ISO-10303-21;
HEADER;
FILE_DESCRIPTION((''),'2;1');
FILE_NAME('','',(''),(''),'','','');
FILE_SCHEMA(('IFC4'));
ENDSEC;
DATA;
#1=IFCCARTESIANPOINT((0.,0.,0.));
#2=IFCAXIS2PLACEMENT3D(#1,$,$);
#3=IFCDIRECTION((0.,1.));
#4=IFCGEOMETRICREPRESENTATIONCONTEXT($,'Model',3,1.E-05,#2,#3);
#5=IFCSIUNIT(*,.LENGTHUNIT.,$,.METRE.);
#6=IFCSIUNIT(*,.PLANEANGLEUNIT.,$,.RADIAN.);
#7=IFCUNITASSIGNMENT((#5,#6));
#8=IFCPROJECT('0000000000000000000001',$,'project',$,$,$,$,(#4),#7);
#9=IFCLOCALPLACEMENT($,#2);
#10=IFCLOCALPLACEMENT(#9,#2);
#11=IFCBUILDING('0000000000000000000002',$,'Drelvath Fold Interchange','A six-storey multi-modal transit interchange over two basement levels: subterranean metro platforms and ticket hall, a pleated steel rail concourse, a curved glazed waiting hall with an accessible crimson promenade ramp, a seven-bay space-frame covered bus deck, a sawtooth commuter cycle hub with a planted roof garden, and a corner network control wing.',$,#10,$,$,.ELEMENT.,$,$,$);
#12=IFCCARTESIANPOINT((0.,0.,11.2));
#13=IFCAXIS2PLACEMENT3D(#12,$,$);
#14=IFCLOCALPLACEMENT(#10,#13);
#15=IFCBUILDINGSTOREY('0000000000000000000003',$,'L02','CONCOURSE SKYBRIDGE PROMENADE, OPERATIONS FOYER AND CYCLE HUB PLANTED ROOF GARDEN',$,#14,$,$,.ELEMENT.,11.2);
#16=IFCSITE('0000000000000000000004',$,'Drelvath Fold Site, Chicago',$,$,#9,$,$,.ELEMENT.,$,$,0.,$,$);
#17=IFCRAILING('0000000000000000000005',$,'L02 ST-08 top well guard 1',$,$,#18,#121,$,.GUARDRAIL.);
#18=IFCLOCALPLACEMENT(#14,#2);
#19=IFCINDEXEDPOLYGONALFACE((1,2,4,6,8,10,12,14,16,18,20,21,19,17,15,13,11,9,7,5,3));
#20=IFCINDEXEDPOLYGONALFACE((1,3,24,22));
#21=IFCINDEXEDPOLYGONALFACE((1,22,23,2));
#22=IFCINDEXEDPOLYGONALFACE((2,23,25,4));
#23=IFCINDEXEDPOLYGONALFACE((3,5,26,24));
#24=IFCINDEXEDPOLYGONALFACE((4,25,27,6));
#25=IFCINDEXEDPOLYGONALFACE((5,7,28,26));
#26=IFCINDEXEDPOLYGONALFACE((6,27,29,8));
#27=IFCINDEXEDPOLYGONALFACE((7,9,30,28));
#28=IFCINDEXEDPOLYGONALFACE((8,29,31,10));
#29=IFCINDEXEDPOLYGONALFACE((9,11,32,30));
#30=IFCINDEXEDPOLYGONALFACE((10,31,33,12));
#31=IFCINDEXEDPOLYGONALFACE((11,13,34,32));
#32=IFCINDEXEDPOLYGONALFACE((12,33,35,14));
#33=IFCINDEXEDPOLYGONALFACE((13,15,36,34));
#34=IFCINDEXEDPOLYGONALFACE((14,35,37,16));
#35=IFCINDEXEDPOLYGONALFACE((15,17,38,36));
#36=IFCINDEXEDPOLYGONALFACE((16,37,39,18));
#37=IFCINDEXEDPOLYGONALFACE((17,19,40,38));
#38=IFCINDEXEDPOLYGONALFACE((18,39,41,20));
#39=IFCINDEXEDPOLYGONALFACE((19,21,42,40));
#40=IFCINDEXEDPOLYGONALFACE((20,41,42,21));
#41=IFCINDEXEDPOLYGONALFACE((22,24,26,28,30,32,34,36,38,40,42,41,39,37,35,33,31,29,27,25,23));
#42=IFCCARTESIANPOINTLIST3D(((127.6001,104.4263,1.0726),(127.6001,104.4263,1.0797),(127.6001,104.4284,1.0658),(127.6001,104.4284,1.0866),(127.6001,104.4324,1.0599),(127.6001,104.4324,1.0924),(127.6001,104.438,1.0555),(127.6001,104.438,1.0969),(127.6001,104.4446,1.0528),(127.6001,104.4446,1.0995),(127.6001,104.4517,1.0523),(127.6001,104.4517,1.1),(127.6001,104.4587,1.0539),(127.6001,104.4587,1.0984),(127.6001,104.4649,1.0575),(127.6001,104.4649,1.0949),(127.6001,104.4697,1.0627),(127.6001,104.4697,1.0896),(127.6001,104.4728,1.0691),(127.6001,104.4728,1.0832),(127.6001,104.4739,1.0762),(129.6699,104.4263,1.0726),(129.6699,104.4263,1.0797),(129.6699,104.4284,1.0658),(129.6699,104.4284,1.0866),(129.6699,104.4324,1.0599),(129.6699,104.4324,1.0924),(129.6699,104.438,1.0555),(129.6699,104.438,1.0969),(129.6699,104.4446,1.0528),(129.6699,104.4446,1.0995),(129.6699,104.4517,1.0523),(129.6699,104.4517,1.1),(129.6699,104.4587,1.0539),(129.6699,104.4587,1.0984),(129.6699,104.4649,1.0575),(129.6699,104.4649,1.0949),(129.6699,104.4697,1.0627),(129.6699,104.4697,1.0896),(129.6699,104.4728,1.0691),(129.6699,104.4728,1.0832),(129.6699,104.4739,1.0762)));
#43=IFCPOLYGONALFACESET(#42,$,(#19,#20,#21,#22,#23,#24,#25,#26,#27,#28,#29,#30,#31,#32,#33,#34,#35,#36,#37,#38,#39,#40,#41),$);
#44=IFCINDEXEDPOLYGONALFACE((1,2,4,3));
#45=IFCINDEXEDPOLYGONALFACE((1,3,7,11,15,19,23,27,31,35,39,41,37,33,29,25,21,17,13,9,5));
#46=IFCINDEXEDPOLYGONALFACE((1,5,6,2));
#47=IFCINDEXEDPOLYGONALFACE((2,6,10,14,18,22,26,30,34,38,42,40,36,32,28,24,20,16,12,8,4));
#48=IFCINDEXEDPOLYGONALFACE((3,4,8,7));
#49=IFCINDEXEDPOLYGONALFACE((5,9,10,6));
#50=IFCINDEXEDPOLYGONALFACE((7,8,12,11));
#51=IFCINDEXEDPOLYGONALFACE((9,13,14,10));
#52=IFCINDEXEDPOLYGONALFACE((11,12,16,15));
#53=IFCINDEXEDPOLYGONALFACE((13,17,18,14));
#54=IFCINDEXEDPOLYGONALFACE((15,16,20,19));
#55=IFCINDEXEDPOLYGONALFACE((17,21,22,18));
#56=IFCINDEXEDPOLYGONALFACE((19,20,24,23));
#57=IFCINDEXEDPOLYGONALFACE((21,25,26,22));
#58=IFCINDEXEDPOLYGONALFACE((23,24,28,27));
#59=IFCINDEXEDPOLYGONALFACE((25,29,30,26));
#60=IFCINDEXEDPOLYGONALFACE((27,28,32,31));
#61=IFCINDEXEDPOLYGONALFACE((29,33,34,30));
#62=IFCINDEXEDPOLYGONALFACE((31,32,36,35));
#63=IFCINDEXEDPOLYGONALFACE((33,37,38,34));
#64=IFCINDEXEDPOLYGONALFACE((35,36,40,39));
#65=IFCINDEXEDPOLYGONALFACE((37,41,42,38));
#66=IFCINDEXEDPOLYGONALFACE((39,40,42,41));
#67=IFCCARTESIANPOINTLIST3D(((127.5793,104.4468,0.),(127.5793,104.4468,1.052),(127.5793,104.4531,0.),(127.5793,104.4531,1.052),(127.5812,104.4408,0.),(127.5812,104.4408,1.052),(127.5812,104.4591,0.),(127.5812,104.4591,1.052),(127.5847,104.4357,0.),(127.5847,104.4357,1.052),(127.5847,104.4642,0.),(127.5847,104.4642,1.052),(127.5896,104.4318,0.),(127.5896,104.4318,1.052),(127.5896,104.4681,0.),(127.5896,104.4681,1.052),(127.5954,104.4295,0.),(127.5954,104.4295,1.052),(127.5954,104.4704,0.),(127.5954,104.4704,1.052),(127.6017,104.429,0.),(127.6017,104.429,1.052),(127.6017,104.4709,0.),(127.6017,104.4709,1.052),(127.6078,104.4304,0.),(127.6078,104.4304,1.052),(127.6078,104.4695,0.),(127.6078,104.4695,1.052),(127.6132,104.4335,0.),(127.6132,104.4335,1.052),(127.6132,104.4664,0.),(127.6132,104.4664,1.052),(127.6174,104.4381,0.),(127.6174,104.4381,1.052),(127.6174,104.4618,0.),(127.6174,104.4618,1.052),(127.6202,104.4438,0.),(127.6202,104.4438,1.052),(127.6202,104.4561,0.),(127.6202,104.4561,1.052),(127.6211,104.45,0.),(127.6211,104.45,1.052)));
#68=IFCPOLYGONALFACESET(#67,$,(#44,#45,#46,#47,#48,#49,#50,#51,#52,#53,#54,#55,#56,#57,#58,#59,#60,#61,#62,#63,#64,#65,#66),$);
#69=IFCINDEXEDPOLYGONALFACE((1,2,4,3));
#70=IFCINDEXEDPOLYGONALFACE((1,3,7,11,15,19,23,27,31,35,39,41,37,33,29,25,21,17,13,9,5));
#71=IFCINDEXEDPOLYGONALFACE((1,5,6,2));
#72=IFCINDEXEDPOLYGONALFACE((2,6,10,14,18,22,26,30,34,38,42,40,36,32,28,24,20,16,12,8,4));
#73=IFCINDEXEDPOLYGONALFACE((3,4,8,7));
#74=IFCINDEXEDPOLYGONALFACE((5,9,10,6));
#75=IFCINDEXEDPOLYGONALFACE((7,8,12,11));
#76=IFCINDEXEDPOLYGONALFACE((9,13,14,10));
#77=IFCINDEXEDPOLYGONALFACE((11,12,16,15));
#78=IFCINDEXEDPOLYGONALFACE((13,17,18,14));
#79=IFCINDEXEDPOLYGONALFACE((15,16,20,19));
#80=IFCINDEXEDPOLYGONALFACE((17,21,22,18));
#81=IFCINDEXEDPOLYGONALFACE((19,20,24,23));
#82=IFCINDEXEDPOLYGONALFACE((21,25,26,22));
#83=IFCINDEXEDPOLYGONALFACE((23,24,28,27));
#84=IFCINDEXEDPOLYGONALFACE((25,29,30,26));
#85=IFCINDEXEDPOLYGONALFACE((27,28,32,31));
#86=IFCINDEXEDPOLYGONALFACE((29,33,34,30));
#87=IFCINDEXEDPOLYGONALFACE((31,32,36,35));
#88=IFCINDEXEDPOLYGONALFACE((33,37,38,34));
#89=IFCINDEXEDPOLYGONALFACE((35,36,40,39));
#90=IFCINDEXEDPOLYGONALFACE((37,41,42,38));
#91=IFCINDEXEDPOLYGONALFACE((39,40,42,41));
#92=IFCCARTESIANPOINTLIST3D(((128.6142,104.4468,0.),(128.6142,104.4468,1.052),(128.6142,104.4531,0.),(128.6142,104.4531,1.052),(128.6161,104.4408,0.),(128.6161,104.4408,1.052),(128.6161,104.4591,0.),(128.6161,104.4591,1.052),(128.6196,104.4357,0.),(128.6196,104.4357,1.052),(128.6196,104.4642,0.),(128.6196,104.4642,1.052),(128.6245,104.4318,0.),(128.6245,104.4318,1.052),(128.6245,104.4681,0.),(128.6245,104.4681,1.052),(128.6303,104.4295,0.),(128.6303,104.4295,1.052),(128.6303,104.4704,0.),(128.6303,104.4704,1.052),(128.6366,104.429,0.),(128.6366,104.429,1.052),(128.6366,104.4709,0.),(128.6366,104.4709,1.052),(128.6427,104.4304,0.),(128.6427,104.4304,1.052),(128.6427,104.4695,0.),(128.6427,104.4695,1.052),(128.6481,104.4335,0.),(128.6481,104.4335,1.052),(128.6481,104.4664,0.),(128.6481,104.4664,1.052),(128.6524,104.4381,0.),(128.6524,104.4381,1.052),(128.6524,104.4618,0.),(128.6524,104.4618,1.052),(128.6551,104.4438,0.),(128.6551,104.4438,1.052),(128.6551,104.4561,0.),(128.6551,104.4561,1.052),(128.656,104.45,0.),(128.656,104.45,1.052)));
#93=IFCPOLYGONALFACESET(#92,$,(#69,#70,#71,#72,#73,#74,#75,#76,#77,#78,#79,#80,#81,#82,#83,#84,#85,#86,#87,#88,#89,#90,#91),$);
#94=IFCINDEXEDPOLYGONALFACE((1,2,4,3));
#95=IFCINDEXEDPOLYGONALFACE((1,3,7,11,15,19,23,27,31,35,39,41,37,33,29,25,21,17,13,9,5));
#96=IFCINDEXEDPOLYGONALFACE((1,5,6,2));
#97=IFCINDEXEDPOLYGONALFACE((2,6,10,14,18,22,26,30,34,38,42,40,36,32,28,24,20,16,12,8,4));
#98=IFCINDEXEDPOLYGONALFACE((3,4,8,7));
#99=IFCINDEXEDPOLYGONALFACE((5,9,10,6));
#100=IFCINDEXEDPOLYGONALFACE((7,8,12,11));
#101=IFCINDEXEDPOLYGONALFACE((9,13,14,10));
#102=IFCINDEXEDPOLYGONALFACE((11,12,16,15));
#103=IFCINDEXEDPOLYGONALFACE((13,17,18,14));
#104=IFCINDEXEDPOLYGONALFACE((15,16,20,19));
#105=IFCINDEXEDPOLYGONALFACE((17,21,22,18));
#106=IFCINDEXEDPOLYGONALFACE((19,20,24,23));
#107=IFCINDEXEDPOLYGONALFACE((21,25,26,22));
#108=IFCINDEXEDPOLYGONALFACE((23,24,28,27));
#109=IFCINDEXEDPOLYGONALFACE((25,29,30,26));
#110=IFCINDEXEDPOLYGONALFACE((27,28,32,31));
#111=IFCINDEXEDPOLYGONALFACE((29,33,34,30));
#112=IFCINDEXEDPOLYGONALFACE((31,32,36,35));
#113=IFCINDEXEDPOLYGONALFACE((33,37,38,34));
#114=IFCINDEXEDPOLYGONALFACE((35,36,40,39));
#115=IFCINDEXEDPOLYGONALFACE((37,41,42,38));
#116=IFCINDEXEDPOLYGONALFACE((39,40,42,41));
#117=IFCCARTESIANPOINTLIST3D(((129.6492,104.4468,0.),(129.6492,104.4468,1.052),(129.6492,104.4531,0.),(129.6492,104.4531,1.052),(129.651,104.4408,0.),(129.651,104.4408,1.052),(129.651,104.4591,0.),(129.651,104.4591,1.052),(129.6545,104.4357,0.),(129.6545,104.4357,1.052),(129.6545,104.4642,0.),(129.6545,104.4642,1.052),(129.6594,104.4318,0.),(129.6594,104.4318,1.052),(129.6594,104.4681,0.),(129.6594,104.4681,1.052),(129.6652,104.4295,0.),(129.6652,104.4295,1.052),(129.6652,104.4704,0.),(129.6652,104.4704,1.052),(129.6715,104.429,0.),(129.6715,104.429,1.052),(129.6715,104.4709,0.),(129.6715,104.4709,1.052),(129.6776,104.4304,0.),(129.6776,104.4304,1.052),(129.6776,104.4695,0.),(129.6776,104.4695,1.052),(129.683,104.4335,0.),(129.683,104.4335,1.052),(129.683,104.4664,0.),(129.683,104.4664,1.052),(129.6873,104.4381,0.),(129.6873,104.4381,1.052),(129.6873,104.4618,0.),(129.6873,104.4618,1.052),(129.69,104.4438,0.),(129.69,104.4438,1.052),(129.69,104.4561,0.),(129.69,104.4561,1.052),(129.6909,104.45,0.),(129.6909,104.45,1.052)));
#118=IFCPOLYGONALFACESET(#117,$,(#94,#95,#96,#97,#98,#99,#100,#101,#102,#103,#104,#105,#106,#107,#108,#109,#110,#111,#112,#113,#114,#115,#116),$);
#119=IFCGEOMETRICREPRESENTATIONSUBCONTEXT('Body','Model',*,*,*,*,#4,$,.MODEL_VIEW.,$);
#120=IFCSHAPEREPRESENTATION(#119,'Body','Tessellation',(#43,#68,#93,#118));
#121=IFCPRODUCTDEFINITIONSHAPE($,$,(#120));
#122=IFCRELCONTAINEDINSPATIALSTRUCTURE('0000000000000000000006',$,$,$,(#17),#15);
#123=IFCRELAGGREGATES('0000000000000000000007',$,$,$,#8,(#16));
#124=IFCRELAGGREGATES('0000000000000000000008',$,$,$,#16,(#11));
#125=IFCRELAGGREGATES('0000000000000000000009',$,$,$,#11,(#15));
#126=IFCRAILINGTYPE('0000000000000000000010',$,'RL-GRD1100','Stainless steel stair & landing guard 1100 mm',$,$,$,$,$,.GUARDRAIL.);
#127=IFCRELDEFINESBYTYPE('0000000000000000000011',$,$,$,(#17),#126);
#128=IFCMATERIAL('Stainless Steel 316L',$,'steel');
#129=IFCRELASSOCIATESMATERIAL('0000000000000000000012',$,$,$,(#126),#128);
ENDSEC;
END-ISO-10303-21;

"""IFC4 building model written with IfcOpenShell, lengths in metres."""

from ifc_helpers import new_model, si_unit, direction, frame, origin, origin_2d, place, context, subcontext, project, spatial, circle, extrude, material, type_object, element, save


model = new_model("IFC4")

# Units and contexts
model_context = context("Model", 3, precision=1e-05, world=origin(), true_north=direction((0.0, 1.0)))
body_context = subcontext(model_context, "Body", "Model", "MODEL_VIEW")
ifc_project = project(units=[si_unit("LENGTHUNIT", "METRE"), si_unit("PLANEANGLEUNIT", "RADIAN")], contexts=[model_context])

# Site, building, storey
site_placement = place(None, origin())
site = spatial("IfcSite", under=ifc_project, at=site_placement, Name="Drelvath Fold Site, Chicago", CompositionType="ELEMENT", RefElevation=0.0)
building_placement = place(site_placement, origin())
building = spatial("IfcBuilding", under=site, at=building_placement, Name="Drelvath Fold Interchange", Description="A six-storey multi-modal transit interchange over two basement levels: subterranean metro platforms and ticket hall, a pleated steel rail concourse, a curved glazed waiting hall with an accessible crimson promenade ramp, a seven-bay space-frame covered bus deck, a sawtooth commuter cycle hub with a planted roof garden, and a corner network control wing.", CompositionType="ELEMENT")
storey_placement = place(building_placement, frame((0.0, 0.0, 11.2)))
storey = spatial("IfcBuildingStorey", under=building, at=storey_placement, Name="L02", Description="CONCOURSE SKYBRIDGE PROMENADE, OPERATIONS FOYER AND CYCLE HUB PLANTED ROOF GARDEN", CompositionType="ELEMENT", Elevation=11.2)

# Railing
ifc_material_1 = material(Name="Stainless Steel 316L", Category="steel")
railing_type = type_object("IfcRailingType", Name="RL-GRD1100", Description="Stainless steel stair & landing guard 1100 mm", PredefinedType="GUARDRAIL", material=ifc_material_1)
railing_placement = place(storey_placement, frame((127.6001, 104.45, 0.0)))
element("IfcRailing", 1, at=railing_placement, inside=storey, type_object=railing_type, Name="L02 ST-08 top well guard 1", PredefinedType="GUARDRAIL", context=body_context, shape_type="SweptSolid", body=[
    extrude(circle(Radius=0.0239, at=origin_2d()), frame((0.0, 0.0, 1.0762), z_axis=(1.0, 0.0, 0.0), x_axis=(0.0, 1.0, 0.0)), (0.0, 0.0, 1.0), 2.0698),
    extrude(circle(Radius=0.021, at=origin_2d()), origin(), (0.0, 0.0, 1.0), 1.052),
    extrude(circle(Radius=0.021, at=origin_2d()), frame((1.0349, 0.0, 0.0)), (0.0, 0.0, 1.0), 1.052),
    extrude(circle(Radius=0.021, at=origin_2d()), frame((2.0698, 0.0, 0.0)), (0.0, 0.0, 1.0), 1.052),
])

save(model, "model.ifc")
